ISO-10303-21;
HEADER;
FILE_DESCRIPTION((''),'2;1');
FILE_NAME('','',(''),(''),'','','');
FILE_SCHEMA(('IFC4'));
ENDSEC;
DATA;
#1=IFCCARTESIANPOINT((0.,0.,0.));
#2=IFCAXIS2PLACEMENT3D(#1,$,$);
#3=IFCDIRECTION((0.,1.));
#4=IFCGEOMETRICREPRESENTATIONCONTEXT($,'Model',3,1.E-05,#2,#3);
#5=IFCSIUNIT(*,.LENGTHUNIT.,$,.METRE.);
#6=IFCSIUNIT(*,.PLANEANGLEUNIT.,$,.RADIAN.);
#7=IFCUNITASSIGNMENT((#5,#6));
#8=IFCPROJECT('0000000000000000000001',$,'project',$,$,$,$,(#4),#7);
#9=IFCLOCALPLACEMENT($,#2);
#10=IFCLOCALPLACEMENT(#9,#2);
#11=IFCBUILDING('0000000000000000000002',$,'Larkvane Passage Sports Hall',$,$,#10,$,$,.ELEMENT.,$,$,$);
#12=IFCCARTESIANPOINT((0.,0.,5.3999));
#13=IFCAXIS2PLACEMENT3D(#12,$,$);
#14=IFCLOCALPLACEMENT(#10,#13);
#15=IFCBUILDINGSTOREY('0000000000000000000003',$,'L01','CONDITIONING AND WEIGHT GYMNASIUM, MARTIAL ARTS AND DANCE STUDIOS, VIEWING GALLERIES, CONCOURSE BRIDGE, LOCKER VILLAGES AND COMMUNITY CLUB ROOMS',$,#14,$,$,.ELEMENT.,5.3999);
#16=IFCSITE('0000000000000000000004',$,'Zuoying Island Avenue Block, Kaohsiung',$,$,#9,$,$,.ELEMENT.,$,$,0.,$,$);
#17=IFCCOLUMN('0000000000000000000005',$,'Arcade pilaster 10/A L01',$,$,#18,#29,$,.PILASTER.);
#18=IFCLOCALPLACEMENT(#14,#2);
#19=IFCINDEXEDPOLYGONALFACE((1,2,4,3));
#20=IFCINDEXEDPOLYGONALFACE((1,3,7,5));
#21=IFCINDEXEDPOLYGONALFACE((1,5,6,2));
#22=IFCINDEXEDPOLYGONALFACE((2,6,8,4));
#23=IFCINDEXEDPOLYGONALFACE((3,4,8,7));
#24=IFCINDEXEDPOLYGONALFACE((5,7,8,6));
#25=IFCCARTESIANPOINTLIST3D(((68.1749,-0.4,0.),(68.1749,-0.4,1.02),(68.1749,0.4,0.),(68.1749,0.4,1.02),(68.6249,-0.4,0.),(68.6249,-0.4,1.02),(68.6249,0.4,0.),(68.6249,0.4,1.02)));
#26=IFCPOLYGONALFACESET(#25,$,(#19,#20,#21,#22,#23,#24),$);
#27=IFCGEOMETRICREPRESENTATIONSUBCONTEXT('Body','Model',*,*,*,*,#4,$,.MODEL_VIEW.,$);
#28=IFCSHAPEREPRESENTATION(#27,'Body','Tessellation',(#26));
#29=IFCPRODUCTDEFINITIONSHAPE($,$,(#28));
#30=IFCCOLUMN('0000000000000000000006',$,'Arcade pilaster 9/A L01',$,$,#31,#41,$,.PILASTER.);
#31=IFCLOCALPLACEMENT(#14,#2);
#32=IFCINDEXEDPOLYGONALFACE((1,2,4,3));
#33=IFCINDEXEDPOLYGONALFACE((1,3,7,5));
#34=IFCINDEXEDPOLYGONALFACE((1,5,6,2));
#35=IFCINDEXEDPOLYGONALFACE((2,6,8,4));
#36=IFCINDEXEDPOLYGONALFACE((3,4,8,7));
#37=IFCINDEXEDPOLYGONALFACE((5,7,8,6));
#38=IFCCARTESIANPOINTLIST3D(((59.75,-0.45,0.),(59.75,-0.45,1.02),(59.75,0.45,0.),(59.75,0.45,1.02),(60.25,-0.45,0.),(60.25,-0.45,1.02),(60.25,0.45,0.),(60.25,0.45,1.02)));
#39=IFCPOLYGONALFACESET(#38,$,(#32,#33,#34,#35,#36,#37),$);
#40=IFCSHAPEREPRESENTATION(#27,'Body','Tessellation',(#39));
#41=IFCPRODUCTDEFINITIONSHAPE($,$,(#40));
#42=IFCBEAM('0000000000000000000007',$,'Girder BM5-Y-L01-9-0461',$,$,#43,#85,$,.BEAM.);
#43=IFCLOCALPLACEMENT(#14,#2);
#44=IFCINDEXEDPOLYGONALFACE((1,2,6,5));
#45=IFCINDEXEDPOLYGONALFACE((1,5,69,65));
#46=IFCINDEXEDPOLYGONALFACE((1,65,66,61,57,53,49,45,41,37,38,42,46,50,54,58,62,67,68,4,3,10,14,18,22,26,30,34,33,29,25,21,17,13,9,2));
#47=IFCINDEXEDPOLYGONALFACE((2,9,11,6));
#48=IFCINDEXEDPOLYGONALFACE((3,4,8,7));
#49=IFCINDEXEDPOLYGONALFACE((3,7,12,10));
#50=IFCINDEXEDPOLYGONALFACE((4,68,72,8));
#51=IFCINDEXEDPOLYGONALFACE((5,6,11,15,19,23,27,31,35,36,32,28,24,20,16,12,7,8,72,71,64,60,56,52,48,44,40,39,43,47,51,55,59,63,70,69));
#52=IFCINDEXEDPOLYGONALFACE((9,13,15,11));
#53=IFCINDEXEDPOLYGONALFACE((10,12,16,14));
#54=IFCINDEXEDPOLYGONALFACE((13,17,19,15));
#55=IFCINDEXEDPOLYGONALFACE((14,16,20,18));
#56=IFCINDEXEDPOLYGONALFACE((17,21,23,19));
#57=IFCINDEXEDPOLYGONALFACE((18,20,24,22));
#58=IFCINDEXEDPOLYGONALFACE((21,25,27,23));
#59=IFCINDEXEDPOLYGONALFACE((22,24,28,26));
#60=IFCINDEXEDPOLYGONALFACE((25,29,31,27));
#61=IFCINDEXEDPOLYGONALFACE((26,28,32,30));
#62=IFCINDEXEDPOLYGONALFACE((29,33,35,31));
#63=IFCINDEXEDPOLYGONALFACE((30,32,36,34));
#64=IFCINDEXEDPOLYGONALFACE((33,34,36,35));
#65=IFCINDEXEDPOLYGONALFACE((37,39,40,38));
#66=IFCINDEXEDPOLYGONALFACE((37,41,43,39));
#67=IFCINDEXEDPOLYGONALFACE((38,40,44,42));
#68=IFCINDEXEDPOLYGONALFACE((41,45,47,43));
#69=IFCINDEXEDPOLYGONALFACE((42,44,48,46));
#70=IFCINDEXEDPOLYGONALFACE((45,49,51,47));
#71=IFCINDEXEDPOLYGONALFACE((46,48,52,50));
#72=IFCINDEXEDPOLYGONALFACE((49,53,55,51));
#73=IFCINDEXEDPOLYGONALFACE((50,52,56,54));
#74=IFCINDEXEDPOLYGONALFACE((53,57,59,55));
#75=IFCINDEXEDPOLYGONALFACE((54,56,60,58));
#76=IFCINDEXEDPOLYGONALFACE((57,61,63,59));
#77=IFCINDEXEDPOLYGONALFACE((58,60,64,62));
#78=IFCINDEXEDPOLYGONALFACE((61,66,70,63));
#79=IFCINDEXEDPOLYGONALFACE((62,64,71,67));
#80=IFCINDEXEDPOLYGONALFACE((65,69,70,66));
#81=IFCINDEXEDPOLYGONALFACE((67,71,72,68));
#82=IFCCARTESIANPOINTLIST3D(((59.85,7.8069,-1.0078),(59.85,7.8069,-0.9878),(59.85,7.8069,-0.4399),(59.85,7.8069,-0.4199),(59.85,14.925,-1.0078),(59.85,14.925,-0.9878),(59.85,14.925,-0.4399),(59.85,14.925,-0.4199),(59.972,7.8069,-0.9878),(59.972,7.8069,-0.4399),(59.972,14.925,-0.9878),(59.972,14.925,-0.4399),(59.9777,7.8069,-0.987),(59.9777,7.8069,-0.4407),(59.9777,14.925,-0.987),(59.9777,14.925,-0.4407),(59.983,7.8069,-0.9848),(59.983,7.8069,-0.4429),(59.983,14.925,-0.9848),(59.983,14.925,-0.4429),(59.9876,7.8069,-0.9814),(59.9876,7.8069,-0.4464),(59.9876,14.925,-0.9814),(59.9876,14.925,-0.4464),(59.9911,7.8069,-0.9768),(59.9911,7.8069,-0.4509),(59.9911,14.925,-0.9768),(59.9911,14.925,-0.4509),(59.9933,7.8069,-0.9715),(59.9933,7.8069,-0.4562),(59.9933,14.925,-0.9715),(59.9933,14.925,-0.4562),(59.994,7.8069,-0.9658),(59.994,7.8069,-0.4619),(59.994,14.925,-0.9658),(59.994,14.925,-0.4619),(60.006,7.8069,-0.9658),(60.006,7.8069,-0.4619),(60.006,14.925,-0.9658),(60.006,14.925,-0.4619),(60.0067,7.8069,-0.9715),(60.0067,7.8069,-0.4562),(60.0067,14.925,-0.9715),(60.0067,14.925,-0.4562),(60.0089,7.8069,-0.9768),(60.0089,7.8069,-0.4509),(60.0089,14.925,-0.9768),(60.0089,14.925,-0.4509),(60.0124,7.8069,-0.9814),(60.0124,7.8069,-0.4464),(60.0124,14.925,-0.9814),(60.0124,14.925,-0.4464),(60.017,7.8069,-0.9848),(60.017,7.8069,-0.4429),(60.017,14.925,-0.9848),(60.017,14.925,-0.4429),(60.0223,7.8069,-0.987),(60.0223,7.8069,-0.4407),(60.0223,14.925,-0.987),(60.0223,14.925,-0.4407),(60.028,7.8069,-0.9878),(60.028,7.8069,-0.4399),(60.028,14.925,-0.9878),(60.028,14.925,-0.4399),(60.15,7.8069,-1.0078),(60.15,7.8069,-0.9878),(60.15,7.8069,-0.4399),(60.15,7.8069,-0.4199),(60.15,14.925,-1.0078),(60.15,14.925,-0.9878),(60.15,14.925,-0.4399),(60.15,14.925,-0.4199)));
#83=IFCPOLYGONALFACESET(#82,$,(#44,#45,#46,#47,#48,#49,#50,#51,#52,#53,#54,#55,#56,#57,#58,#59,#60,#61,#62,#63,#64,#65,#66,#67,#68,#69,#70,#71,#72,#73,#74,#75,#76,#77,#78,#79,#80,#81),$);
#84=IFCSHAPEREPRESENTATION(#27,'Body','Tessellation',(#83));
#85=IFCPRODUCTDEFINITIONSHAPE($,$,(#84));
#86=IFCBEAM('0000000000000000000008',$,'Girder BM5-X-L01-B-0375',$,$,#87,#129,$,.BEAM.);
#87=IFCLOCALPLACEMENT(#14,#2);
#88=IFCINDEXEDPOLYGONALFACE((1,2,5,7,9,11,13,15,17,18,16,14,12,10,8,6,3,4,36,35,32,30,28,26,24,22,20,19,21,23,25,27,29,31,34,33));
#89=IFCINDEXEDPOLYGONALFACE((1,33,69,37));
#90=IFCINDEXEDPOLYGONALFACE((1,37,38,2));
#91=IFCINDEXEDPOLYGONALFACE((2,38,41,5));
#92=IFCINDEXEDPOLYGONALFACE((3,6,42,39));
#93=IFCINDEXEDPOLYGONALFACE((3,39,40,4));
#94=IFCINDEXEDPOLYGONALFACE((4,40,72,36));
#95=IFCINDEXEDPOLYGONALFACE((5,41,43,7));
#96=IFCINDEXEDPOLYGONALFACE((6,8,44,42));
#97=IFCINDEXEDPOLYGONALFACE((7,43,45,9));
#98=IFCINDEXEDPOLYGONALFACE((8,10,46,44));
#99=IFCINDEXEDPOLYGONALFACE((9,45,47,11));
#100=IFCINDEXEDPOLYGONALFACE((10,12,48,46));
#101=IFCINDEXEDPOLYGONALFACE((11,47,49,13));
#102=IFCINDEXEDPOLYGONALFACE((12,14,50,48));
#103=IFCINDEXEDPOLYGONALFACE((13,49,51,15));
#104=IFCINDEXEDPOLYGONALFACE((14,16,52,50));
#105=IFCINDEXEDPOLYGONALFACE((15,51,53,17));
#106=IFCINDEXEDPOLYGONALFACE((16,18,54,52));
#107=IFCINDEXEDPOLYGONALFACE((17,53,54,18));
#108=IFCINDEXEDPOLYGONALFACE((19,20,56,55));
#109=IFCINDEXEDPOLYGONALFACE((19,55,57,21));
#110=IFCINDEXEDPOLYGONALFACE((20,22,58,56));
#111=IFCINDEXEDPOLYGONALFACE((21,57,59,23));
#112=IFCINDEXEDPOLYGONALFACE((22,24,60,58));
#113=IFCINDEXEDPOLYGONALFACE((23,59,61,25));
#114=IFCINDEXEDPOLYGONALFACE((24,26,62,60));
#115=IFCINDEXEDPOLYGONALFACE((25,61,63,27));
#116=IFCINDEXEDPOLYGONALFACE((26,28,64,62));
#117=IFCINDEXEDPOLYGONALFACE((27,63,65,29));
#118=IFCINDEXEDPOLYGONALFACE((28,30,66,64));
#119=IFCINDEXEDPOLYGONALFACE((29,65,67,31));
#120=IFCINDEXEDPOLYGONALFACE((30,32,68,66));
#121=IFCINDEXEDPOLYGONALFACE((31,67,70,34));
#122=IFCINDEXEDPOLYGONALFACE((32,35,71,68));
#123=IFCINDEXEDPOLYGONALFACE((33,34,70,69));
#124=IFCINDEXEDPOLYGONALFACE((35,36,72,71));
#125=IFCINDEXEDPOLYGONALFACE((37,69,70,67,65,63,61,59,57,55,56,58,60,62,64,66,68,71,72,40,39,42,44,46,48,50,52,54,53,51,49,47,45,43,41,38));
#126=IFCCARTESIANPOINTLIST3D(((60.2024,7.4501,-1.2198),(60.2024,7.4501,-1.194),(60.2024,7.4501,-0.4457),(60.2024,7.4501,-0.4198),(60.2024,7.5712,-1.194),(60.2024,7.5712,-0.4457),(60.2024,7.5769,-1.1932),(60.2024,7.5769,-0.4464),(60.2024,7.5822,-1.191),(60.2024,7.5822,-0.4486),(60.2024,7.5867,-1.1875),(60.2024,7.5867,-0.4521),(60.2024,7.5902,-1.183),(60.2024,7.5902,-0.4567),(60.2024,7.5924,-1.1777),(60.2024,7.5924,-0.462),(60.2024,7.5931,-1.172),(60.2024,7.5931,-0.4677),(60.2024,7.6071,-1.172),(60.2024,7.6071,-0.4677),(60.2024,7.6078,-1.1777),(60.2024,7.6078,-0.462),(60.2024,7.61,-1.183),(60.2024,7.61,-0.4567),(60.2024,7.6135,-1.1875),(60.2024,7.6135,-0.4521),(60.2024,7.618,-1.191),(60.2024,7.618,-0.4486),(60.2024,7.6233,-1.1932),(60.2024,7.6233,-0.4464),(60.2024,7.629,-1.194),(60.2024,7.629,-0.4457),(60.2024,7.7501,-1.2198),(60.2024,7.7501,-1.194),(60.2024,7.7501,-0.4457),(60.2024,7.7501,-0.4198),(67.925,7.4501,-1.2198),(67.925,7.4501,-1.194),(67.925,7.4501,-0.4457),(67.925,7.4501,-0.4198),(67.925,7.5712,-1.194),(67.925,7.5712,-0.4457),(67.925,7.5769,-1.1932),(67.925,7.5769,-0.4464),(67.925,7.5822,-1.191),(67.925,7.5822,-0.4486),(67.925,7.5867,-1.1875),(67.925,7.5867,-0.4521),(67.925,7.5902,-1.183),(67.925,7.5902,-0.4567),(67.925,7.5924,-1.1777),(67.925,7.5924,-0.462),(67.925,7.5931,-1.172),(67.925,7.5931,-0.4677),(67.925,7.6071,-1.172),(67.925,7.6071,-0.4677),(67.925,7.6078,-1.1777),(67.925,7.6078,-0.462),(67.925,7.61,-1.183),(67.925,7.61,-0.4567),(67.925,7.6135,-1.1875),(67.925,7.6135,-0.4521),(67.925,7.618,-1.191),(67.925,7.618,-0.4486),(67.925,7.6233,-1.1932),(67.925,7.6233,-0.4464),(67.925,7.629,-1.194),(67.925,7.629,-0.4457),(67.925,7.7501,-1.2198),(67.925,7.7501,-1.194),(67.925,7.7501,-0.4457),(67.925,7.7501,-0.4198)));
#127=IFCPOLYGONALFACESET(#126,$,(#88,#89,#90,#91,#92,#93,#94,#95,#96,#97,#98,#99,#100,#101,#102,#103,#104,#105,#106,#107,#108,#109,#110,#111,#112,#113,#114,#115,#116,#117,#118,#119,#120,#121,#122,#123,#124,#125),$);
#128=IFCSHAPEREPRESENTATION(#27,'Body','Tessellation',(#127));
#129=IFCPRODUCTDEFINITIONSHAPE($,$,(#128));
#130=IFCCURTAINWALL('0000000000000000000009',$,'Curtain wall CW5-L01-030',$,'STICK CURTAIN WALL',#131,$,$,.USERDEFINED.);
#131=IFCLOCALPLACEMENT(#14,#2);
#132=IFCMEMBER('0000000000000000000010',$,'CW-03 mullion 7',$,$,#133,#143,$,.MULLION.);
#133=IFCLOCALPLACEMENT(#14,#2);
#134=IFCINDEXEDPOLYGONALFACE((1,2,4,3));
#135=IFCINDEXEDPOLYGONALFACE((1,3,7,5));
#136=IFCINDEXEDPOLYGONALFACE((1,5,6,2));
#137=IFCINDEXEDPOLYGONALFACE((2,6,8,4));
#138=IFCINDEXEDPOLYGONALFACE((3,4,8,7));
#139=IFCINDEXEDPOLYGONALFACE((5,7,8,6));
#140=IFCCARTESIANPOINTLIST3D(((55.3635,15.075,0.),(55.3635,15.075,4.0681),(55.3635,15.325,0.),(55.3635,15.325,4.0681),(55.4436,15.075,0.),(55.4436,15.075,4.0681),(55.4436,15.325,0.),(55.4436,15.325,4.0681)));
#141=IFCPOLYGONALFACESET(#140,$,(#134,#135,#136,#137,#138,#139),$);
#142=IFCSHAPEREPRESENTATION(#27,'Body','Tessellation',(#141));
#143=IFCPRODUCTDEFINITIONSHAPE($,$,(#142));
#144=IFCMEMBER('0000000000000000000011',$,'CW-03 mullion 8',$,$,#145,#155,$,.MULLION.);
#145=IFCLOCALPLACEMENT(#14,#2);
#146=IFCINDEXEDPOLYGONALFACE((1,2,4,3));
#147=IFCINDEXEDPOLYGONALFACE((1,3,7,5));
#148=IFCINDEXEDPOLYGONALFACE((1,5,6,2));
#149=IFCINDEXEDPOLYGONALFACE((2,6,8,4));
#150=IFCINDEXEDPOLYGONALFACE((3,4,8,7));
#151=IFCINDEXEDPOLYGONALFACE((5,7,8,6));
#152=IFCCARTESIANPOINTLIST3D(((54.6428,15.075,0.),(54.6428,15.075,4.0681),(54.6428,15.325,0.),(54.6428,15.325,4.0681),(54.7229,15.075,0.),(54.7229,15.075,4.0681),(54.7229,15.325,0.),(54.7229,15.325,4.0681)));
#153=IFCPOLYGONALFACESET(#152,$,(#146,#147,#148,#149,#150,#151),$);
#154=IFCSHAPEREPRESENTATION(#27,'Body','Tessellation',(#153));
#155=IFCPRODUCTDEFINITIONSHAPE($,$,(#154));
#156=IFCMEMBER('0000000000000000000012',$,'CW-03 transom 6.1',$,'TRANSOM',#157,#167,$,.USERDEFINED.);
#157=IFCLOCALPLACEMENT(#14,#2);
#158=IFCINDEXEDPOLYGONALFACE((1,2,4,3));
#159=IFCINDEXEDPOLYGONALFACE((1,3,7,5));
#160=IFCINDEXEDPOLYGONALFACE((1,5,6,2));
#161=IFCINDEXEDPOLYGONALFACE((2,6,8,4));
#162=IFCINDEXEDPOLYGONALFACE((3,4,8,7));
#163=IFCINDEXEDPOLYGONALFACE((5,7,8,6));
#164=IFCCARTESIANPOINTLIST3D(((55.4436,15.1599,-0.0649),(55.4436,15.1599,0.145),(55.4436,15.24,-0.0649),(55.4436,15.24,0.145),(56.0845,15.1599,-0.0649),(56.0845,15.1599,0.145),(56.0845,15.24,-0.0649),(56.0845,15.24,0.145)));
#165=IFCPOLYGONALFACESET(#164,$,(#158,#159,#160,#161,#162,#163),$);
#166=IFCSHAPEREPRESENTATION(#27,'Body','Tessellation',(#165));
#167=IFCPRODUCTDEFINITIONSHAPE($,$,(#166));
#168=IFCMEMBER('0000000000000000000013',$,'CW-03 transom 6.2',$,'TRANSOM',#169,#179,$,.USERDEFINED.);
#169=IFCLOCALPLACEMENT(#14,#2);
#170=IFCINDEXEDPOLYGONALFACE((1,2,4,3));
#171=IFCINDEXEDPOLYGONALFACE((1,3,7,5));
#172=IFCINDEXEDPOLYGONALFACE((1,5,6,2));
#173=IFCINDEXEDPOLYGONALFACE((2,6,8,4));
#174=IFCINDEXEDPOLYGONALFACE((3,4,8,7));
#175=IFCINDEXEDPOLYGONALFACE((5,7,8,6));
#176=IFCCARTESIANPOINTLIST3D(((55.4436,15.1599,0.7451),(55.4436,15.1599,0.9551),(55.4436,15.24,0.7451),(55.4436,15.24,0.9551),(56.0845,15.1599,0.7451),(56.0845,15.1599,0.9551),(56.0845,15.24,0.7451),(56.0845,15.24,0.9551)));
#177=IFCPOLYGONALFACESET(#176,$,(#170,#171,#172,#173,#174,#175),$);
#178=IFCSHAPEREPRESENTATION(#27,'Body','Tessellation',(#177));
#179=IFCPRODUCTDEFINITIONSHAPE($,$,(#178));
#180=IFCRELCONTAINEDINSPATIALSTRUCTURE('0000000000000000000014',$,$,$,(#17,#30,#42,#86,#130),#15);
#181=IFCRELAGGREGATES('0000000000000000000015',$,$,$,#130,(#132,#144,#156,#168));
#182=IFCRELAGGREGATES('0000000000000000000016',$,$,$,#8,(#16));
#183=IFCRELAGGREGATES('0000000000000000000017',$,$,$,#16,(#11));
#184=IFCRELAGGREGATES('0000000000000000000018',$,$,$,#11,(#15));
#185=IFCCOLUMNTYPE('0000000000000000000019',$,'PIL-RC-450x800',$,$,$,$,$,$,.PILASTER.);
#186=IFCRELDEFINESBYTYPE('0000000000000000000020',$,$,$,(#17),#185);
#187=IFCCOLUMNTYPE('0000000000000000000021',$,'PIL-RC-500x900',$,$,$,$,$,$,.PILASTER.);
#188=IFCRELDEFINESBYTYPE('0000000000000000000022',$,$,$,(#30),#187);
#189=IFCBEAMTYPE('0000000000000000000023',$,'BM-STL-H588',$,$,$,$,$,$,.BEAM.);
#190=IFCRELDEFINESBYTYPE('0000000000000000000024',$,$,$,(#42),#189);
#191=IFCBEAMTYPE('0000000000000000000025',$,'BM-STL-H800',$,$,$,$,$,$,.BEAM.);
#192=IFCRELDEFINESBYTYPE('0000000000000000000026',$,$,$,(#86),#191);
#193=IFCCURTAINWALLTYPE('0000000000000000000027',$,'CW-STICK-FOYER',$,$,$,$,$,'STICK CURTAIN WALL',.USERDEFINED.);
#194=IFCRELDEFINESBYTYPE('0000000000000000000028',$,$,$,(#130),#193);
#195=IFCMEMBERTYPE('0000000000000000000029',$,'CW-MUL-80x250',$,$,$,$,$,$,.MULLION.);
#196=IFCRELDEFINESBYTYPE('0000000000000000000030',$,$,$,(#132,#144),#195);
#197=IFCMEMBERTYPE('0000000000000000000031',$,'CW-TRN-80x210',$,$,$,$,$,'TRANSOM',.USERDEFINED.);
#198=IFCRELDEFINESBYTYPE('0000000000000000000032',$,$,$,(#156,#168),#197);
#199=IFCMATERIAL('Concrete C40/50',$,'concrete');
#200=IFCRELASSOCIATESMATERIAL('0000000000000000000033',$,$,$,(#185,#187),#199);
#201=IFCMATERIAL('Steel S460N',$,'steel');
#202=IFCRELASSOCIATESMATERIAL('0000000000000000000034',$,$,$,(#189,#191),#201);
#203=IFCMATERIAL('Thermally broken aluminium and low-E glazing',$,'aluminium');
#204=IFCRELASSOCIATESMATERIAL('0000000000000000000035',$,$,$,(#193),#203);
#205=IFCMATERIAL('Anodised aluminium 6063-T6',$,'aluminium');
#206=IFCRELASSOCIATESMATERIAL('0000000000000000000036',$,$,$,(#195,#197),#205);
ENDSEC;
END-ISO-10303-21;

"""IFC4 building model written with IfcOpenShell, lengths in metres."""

from ifc_helpers import new_model, si_unit, direction, frame, origin, origin_2d, place, context, subcontext, project, spatial, rectangle, i_section, extrude, material, material_profile, profile_set, type_object, element, aggregate, save


model = new_model("IFC4")

# Units and contexts
model_context = context("Model", 3, precision=1e-05, world=origin(), true_north=direction((0.0, 1.0)))
body_context = subcontext(model_context, "Body", "Model", "MODEL_VIEW")
ifc_project = project(units=[si_unit("LENGTHUNIT", "METRE"), si_unit("PLANEANGLEUNIT", "RADIAN")], contexts=[model_context])

# Site, building, storey
site_placement = place(None, origin())
site = spatial("IfcSite", under=ifc_project, at=site_placement, Name="Zuoying Island Avenue Block, Kaohsiung", CompositionType="ELEMENT", RefElevation=0.0)
building_placement = place(site_placement, origin())
building = spatial("IfcBuilding", under=site, at=building_placement, Name="Larkvane Passage Sports Hall", CompositionType="ELEMENT")
storey_placement = place(building_placement, frame((0.0, 0.0, 5.3999)))
storey = spatial("IfcBuildingStorey", under=building, at=storey_placement, Name="L01", Description="CONDITIONING AND WEIGHT GYMNASIUM, MARTIAL ARTS AND DANCE STUDIOS, VIEWING GALLERIES, CONCOURSE BRIDGE, LOCKER VILLAGES AND COMMUNITY CLUB ROOMS", CompositionType="ELEMENT", Elevation=5.3999)

# Columns
ifc_material_1 = material(Name="Concrete C40/50", Category="concrete")
ifc_material_profile_1 = material_profile(ifc_material_1, rectangle(XDim=0.45, YDim=0.8, at=origin_2d()), Name="RC-PIL-450x800")
ifc_profile_set_1 = profile_set([ifc_material_profile_1], Name="Concrete C40/50")
column_type_1 = type_object("IfcColumnType", Name="PIL-RC-450x800", PredefinedType="PILASTER", material=ifc_profile_set_1)
column_1_placement = place(storey_placement, frame((68.3999, 0.0, 0.0), z_axis=(0.0, 0.0, 1.0), x_axis=(1.0, 0.0, 0.0)))
element("IfcColumn", 1, at=column_1_placement, inside=storey, type_object=column_type_1, Name="Arcade pilaster 10/A L01", PredefinedType="PILASTER", context=body_context, shape_type="SweptSolid", body=[
    extrude(rectangle(XDim=0.45, YDim=0.8, at=origin_2d()), origin(), (0.0, 0.0, 1.0), 1.02),
])
ifc_material_profile_2 = material_profile(ifc_material_1, rectangle(XDim=0.5, YDim=0.8999, at=origin_2d()), Name="RC-PIL-500x900")
ifc_profile_set_2 = profile_set([ifc_material_profile_2], Name="Concrete C40/50")
column_type_2 = type_object("IfcColumnType", Name="PIL-RC-500x900", PredefinedType="PILASTER", material=ifc_profile_set_2)
column_2_placement = place(storey_placement, frame((60.0, 0.0, 0.0), z_axis=(0.0, 0.0, 1.0), x_axis=(1.0, 0.0, 0.0)))
element("IfcColumn", 2, at=column_2_placement, inside=storey, type_object=column_type_2, Name="Arcade pilaster 9/A L01", PredefinedType="PILASTER", context=body_context, shape_type="SweptSolid", body=[
    extrude(rectangle(XDim=0.5, YDim=0.8999, at=origin_2d()), origin(), (0.0, 0.0, 1.0), 1.02),
])

# Beams
ifc_material_2 = material(Name="Steel S460N", Category="steel")
ifc_material_profile_3 = material_profile(ifc_material_2, i_section(OverallWidth=0.3, OverallDepth=0.5879, WebThickness=0.012, FlangeThickness=0.02, FilletRadius=0.022, at=origin_2d()), Name="H-588x300x12x20")
ifc_profile_set_3 = profile_set([ifc_material_profile_3], Name="Steel S460N")
beam_type_1 = type_object("IfcBeamType", Name="BM-STL-H588", PredefinedType="BEAM", material=ifc_profile_set_3)
beam_1_placement = place(storey_placement, frame((60.0, 7.8069, -0.7139), z_axis=(0.0, 1.0, 0.0), x_axis=(-1.0, 0.0, 0.0)))
element("IfcBeam", 3, at=beam_1_placement, inside=storey, type_object=beam_type_1, Name="Girder BM5-Y-L01-9-0461", PredefinedType="BEAM", context=body_context, shape_type="SweptSolid", body=[
    extrude(i_section(OverallWidth=0.3, OverallDepth=0.5879, WebThickness=0.012, FlangeThickness=0.02, FilletRadius=0.022, at=origin_2d()), origin(), (0.0, 0.0, 1.0), 7.1182),
])
ifc_material_profile_4 = material_profile(ifc_material_2, i_section(OverallWidth=0.3, OverallDepth=0.8, WebThickness=0.0139, FlangeThickness=0.0259, FilletRadius=0.022, at=origin_2d()), Name="H-800x300x14x26")
ifc_profile_set_4 = profile_set([ifc_material_profile_4], Name="Steel S460N")
beam_type_2 = type_object("IfcBeamType", Name="BM-STL-H800", PredefinedType="BEAM", material=ifc_profile_set_4)
beam_2_placement = place(storey_placement, frame((60.2024, 7.6001, -0.8198), z_axis=(1.0, 0.0, 0.0), x_axis=(0.0, 1.0, 0.0)))
element("IfcBeam", 4, at=beam_2_placement, inside=storey, type_object=beam_type_2, Name="Girder BM5-X-L01-B-0375", PredefinedType="BEAM", context=body_context, shape_type="SweptSolid", body=[
    extrude(i_section(OverallWidth=0.3, OverallDepth=0.8, WebThickness=0.0139, FlangeThickness=0.0259, FilletRadius=0.022, at=origin_2d()), origin(), (0.0, 0.0, 1.0), 7.7227),
])

# Curtain wall, members
ifc_material_3 = material(Name="Thermally broken aluminium and low-E glazing", Category="aluminium")
curtain_wall_type = type_object("IfcCurtainWallType", Name="CW-STICK-FOYER", ElementType="STICK CURTAIN WALL", PredefinedType="USERDEFINED", material=ifc_material_3)
curtain_wall_placement = place(storey_placement, origin())
curtain_wall = element("IfcCurtainWall", 5, at=curtain_wall_placement, inside=storey, type_object=curtain_wall_type, Name="Curtain wall CW5-L01-030", ObjectType="STICK CURTAIN WALL", PredefinedType="USERDEFINED")
ifc_material_4 = material(Name="Anodised aluminium 6063-T6", Category="aluminium")
ifc_material_profile_5 = material_profile(ifc_material_4, rectangle(XDim=0.0801, YDim=0.25, at=origin_2d()), Name="ALU-MUL-80x250")
ifc_profile_set_5 = profile_set([ifc_material_profile_5], Name="Anodised aluminium 6063-T6")
member_type_1 = type_object("IfcMemberType", Name="CW-MUL-80x250", PredefinedType="MULLION", material=ifc_profile_set_5)
member_1_placement = place(storey_placement, frame((55.4036, 15.2, 0.0), z_axis=(0.0, 0.0, 1.0), x_axis=(-1.0, 0.0, 0.0)))
member_1 = element("IfcMember", 6, at=member_1_placement, type_object=member_type_1, Name="CW-03 mullion 7", PredefinedType="MULLION", context=body_context, shape_type="SweptSolid", body=[
    extrude(rectangle(XDim=0.0801, YDim=0.25, at=origin_2d()), origin(), (0.0, 0.0, 1.0), 4.0681),
])
member_2_placement = place(storey_placement, frame((54.6829, 15.2, 0.0), z_axis=(0.0, 0.0, 1.0), x_axis=(-1.0, 0.0, 0.0)))
member_2 = element("IfcMember", 7, at=member_2_placement, type_object=member_type_1, Name="CW-03 mullion 8", PredefinedType="MULLION", context=body_context, shape_type="SweptSolid", body=[
    extrude(rectangle(XDim=0.0801, YDim=0.25, at=origin_2d()), origin(), (0.0, 0.0, 1.0), 4.0681),
])
ifc_material_profile_6 = material_profile(ifc_material_4, rectangle(XDim=0.0801, YDim=0.21, at=origin_2d()), Name="ALU-TRN-80x210")
ifc_profile_set_6 = profile_set([ifc_material_profile_6], Name="Anodised aluminium 6063-T6")
member_type_2 = type_object("IfcMemberType", Name="CW-TRN-80x210", ElementType="TRANSOM", PredefinedType="USERDEFINED", material=ifc_profile_set_6)
member_3_placement = place(storey_placement, frame((56.0845, 15.2, 0.04), z_axis=(-1.0, 0.0, 0.0), x_axis=(0.0, -1.0, 0.0)))
member_3 = element("IfcMember", 8, at=member_3_placement, type_object=member_type_2, Name="CW-03 transom 6.1", ObjectType="TRANSOM", PredefinedType="USERDEFINED", context=body_context, shape_type="SweptSolid", body=[
    extrude(rectangle(XDim=0.0801, YDim=0.21, at=origin_2d()), origin(), (0.0, 0.0, 1.0), 0.6409),
])
member_4_placement = place(storey_placement, frame((56.0845, 15.2, 0.8501), z_axis=(-1.0, 0.0, 0.0), x_axis=(0.0, -1.0, 0.0)))
member_4 = element("IfcMember", 9, at=member_4_placement, type_object=member_type_2, Name="CW-03 transom 6.2", ObjectType="TRANSOM", PredefinedType="USERDEFINED", context=body_context, shape_type="SweptSolid", body=[
    extrude(rectangle(XDim=0.0801, YDim=0.21, at=origin_2d()), origin(), (0.0, 0.0, 1.0), 0.6409),
])

aggregate(curtain_wall, [member_1, member_2, member_3, member_4])

save(model, "model.ifc")
